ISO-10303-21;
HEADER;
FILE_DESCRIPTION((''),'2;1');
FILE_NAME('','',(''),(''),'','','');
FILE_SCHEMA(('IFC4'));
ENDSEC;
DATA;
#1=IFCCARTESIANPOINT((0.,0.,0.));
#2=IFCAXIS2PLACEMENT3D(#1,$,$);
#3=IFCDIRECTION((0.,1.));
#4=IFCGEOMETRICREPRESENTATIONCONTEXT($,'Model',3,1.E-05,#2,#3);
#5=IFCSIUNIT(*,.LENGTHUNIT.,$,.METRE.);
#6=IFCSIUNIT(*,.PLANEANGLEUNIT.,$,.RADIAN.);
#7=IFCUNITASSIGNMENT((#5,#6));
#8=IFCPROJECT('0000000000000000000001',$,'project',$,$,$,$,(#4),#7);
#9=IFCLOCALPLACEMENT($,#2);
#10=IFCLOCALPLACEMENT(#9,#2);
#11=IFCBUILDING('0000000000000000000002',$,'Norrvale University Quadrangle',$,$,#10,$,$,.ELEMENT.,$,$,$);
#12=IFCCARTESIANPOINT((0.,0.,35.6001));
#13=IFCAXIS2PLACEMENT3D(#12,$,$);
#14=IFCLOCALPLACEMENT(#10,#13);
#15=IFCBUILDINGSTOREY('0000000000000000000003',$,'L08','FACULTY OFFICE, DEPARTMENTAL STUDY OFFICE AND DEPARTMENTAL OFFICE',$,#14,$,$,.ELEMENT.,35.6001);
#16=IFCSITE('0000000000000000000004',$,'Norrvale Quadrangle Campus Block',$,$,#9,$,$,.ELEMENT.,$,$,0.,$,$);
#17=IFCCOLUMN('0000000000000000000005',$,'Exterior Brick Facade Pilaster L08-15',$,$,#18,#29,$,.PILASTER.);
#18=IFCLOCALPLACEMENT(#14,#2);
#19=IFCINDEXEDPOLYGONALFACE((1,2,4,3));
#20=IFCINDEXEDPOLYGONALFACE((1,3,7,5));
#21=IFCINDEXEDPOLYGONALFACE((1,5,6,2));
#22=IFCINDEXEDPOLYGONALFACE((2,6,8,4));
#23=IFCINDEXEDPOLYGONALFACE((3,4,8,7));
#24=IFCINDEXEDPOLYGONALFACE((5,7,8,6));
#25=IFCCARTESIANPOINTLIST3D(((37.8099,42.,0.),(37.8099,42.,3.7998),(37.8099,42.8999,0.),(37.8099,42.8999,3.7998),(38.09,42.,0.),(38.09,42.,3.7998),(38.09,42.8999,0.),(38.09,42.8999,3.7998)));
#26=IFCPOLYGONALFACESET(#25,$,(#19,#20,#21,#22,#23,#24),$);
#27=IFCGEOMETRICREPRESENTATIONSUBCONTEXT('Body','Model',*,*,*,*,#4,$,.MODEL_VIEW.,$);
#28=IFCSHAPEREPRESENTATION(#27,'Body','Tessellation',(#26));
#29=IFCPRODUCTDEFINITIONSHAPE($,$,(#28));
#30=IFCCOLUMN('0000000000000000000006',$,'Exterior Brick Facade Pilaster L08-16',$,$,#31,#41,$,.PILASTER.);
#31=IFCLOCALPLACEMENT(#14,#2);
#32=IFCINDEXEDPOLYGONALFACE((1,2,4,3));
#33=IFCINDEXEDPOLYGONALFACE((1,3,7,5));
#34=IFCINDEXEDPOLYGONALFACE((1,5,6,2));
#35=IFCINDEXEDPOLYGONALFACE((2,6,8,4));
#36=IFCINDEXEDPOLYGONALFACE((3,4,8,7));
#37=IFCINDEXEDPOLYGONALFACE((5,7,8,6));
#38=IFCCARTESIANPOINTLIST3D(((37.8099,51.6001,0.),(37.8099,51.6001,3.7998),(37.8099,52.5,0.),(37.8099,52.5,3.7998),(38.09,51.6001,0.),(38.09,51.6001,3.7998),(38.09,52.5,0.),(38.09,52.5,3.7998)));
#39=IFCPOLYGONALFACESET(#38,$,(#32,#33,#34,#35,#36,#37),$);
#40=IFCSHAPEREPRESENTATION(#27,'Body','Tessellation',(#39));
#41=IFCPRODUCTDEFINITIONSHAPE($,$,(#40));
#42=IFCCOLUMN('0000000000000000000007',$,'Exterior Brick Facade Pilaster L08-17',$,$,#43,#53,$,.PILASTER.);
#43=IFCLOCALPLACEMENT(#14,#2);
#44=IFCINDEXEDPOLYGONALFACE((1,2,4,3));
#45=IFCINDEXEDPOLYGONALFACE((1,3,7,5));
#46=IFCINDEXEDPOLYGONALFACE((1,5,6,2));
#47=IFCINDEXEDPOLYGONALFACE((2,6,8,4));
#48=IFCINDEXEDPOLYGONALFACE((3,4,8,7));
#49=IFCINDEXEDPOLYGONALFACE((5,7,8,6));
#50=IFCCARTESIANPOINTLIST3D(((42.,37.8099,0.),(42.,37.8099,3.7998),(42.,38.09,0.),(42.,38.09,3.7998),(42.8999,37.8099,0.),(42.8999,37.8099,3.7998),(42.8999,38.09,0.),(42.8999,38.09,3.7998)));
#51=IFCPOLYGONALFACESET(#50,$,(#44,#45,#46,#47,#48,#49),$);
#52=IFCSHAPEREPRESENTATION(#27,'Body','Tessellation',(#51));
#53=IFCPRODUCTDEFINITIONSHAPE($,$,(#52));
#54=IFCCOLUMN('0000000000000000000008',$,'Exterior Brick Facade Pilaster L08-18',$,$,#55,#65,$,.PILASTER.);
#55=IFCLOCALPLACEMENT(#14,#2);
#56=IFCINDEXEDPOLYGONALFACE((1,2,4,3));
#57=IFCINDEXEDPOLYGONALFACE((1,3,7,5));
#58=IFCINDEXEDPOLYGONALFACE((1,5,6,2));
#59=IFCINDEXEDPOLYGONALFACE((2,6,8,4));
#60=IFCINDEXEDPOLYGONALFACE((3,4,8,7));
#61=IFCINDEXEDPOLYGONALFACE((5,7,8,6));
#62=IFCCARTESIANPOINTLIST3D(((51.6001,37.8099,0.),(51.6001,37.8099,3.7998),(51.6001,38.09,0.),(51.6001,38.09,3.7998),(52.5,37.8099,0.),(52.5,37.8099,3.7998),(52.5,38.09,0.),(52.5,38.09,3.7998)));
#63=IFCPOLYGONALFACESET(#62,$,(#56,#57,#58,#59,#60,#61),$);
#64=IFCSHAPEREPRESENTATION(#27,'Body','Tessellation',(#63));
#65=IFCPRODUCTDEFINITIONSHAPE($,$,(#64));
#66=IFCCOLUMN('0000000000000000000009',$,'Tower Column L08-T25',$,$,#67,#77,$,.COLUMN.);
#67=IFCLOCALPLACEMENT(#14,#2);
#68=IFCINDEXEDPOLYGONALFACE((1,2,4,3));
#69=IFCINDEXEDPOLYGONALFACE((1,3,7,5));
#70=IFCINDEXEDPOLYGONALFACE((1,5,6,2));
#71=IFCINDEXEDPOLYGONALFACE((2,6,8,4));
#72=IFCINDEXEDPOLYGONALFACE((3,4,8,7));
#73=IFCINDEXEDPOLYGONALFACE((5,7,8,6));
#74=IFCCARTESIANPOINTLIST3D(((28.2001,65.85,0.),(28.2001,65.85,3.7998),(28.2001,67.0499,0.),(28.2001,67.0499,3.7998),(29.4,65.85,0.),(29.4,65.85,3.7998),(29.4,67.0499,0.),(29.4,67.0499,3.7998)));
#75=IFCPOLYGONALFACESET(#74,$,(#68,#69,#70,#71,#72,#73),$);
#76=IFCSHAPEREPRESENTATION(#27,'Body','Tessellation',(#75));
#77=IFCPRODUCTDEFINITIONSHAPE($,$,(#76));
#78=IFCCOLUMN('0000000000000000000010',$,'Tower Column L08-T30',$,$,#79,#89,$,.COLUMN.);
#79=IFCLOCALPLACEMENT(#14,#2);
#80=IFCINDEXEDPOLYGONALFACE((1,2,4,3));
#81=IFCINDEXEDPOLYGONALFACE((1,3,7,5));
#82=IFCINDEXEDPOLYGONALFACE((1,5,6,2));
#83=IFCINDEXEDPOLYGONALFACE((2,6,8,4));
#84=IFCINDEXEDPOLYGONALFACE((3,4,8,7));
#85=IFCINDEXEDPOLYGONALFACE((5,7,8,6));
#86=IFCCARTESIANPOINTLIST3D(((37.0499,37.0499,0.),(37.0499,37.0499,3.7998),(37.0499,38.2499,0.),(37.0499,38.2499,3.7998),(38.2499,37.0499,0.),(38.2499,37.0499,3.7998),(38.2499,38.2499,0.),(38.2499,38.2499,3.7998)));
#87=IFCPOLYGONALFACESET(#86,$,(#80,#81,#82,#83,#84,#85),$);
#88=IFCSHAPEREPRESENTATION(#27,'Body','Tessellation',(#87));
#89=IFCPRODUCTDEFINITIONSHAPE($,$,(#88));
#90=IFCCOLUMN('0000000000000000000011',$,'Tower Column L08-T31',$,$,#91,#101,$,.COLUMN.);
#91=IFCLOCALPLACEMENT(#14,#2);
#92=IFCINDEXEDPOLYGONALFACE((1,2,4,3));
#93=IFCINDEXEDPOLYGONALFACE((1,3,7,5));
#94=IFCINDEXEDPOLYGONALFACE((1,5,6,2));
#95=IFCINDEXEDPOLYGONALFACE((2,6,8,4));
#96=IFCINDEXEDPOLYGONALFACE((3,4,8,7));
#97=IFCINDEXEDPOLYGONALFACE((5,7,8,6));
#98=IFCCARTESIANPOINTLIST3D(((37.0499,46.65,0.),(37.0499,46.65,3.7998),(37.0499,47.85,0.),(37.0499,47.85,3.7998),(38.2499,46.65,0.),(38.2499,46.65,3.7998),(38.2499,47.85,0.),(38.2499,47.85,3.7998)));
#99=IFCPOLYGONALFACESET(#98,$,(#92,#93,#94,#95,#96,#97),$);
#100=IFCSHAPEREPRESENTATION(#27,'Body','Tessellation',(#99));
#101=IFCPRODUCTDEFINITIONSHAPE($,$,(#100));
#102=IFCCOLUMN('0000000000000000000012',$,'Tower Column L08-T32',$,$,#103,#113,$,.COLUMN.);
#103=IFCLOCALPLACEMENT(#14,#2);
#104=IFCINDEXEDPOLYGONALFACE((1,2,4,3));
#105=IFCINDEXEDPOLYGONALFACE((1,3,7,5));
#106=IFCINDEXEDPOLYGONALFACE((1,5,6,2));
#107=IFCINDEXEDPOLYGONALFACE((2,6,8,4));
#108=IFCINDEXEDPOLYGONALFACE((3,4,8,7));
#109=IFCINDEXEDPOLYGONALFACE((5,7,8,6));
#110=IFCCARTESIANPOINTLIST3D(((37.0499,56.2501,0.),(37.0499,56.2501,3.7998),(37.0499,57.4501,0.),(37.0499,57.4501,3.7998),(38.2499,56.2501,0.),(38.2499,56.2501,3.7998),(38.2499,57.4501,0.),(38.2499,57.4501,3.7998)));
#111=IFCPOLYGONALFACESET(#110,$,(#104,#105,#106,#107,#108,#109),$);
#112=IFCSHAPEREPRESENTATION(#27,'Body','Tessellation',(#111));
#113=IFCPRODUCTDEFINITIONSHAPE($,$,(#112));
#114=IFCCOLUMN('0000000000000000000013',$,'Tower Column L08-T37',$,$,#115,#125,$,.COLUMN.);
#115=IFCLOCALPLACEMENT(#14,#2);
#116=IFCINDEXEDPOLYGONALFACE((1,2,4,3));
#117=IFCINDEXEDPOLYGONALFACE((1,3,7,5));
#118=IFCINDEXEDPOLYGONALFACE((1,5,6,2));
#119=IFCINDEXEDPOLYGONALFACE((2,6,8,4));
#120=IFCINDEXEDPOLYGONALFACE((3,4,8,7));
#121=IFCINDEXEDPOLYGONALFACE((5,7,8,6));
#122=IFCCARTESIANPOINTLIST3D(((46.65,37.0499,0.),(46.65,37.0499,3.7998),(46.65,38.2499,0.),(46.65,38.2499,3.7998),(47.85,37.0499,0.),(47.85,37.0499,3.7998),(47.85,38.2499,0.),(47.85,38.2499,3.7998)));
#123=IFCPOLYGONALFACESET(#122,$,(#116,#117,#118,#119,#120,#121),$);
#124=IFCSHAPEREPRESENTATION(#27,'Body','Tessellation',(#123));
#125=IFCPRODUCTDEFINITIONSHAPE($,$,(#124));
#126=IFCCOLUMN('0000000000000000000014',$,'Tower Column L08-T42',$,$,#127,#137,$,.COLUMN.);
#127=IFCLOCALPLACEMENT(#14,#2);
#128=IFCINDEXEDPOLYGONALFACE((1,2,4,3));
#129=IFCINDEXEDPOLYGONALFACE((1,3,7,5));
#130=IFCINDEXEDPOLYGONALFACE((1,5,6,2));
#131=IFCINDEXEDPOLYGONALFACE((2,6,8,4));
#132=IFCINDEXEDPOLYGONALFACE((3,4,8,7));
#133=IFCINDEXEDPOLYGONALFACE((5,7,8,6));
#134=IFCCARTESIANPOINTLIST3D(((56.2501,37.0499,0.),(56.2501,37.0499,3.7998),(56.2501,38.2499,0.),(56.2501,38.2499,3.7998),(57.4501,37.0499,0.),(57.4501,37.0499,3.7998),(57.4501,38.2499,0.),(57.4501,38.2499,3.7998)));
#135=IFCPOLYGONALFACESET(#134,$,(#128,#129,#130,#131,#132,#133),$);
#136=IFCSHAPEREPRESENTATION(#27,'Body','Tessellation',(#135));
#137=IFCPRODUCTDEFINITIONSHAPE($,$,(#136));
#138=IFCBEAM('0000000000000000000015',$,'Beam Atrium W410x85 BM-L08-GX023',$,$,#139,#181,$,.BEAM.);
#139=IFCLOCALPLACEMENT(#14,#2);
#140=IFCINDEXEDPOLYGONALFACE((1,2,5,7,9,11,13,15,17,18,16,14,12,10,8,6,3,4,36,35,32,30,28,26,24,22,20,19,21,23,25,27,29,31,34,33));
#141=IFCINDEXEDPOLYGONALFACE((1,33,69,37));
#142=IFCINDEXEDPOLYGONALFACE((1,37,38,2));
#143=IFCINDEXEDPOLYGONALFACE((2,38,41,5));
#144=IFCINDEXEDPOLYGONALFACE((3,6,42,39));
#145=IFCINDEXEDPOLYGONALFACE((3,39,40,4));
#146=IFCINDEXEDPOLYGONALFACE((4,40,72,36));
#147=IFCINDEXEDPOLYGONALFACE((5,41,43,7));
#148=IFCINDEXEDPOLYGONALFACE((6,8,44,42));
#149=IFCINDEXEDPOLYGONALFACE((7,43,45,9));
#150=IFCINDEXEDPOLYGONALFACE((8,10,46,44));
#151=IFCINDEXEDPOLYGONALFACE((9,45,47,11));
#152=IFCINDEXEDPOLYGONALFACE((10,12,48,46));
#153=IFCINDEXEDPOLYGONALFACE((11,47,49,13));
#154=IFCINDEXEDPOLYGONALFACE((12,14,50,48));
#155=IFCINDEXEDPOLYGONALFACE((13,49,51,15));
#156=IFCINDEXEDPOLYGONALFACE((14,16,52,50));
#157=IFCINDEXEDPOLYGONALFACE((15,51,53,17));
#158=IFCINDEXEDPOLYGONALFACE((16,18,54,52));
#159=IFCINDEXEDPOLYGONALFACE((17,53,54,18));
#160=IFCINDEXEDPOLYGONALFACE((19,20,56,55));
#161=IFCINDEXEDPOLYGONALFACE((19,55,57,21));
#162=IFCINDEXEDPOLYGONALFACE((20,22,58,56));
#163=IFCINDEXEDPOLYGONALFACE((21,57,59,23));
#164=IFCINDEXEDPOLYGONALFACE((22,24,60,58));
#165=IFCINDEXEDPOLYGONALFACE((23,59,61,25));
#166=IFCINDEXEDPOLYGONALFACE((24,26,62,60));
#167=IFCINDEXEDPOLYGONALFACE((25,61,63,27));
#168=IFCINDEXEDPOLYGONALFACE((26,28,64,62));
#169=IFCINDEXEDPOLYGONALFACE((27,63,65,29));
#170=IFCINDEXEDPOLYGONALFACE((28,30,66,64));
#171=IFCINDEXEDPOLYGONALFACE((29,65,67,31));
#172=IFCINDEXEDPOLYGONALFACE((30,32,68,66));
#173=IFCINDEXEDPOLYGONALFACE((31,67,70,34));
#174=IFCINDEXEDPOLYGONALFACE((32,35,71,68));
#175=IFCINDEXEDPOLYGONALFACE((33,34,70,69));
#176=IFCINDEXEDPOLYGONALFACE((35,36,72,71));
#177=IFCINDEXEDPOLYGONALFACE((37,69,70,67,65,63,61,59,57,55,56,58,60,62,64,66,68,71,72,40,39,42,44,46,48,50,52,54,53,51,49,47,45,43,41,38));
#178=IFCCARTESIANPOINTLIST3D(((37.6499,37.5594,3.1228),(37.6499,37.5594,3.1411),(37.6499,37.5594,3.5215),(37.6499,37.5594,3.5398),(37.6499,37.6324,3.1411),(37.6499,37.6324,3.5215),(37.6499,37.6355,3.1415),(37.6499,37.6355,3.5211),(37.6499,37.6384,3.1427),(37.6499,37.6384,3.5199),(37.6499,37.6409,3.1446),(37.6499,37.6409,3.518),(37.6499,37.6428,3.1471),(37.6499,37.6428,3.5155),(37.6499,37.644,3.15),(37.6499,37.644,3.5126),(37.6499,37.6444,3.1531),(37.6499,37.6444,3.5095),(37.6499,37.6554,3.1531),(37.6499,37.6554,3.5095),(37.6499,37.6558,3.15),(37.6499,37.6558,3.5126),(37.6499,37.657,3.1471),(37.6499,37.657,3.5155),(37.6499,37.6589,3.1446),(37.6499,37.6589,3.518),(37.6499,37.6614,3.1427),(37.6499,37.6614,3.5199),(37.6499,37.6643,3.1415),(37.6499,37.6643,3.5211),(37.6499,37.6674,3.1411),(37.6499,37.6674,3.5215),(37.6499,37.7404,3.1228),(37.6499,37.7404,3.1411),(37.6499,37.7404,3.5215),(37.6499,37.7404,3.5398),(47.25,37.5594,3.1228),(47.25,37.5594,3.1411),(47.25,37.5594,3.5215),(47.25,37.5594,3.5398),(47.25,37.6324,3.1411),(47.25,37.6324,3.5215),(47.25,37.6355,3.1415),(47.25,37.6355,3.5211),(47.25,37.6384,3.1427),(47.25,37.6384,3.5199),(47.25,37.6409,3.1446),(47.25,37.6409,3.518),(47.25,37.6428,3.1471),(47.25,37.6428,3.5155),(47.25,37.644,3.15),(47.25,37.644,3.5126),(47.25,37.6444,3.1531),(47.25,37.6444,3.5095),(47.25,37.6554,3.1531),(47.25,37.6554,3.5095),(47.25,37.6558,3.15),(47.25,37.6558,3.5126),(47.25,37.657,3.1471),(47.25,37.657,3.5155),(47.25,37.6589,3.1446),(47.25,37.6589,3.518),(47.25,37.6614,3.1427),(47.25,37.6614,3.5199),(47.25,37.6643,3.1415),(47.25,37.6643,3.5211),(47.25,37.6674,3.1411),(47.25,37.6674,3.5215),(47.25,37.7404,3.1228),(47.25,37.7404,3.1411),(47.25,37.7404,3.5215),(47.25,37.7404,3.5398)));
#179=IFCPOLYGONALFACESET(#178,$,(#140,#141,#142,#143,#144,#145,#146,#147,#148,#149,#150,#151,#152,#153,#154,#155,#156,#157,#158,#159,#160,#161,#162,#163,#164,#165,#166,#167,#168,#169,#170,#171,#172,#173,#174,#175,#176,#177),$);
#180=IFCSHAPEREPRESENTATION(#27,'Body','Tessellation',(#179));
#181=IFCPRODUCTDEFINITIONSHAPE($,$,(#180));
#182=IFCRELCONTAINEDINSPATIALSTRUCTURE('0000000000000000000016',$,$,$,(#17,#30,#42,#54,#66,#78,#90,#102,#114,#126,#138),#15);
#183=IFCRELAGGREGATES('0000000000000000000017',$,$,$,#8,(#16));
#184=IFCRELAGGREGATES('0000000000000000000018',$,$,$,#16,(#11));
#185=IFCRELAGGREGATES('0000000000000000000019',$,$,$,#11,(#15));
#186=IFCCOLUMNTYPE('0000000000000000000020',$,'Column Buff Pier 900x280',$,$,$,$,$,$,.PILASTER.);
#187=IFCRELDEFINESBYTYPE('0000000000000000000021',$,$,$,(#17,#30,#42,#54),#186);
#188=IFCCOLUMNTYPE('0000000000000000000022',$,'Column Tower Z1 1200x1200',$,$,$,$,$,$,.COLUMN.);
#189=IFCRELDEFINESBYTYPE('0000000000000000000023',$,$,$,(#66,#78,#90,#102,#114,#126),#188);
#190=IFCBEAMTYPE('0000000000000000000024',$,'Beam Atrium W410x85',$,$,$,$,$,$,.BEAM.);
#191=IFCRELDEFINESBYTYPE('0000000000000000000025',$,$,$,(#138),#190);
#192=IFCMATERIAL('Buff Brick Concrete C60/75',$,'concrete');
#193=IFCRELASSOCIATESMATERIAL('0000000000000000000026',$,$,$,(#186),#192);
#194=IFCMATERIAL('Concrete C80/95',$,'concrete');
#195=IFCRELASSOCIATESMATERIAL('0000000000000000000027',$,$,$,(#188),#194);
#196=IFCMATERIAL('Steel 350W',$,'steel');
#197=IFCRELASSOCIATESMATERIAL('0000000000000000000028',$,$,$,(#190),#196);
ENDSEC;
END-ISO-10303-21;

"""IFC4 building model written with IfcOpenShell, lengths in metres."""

from ifc_helpers import new_model, si_unit, direction, frame, origin, origin_2d, place, context, subcontext, project, spatial, rectangle, i_section, extrude, material, material_profile, profile_set, type_object, element, save


model = new_model("IFC4")

# Units and contexts
model_context = context("Model", 3, precision=1e-05, world=origin(), true_north=direction((0.0, 1.0)))
body_context = subcontext(model_context, "Body", "Model", "MODEL_VIEW")
ifc_project = project(units=[si_unit("LENGTHUNIT", "METRE"), si_unit("PLANEANGLEUNIT", "RADIAN")], contexts=[model_context])

# Site, building, storey
site_placement = place(None, origin())
site = spatial("IfcSite", under=ifc_project, at=site_placement, Name="Norrvale Quadrangle Campus Block", CompositionType="ELEMENT", RefElevation=0.0)
building_placement = place(site_placement, origin())
building = spatial("IfcBuilding", under=site, at=building_placement, Name="Norrvale University Quadrangle", CompositionType="ELEMENT")
storey_placement = place(building_placement, frame((0.0, 0.0, 35.6001)))
storey = spatial("IfcBuildingStorey", under=building, at=storey_placement, Name="L08", Description="FACULTY OFFICE, DEPARTMENTAL STUDY OFFICE AND DEPARTMENTAL OFFICE", CompositionType="ELEMENT", Elevation=35.6001)

# Columns
ifc_material_1 = material(Name="Buff Brick Concrete C60/75", Category="concrete")
ifc_material_profile_1 = material_profile(ifc_material_1, rectangle(XDim=0.8999, YDim=0.28, at=origin_2d()), Name="Buff Brick Concrete C60/75")
ifc_profile_set_1 = profile_set([ifc_material_profile_1], Name="Buff Brick Concrete C60/75")
column_type_1 = type_object("IfcColumnType", Name="Column Buff Pier 900x280", PredefinedType="PILASTER", material=ifc_profile_set_1)
for number, where, z_axis, x_axis, name in (
    (1, (37.95, 42.45, 0.0), (0.0, 0.0, 1.0), (0.0, 1.0, 0.0), "Exterior Brick Facade Pilaster L08-15"),
    (2, (37.95, 52.05, 0.0), (0.0, 0.0, 1.0), (0.0, 1.0, 0.0), "Exterior Brick Facade Pilaster L08-16"),
    (3, (42.45, 37.95, 0.0), (0.0, 0.0, 1.0), (1.0, 0.0, 0.0), "Exterior Brick Facade Pilaster L08-17"),
    (4, (52.05, 37.95, 0.0), (0.0, 0.0, 1.0), (1.0, 0.0, 0.0), "Exterior Brick Facade Pilaster L08-18"),
):
    element("IfcColumn", number, at=place(storey_placement, frame(where, z_axis=z_axis, x_axis=x_axis)), inside=storey, type_object=column_type_1, Name=name, PredefinedType="PILASTER", context=body_context, shape_type="SweptSolid", body=[
        extrude(rectangle(XDim=0.8999, YDim=0.28, at=origin_2d()), origin(), (0.0, 0.0, 1.0), 3.7998),
    ])
ifc_material_2 = material(Name="Concrete C80/95", Category="concrete")
ifc_material_profile_2 = material_profile(ifc_material_2, rectangle(XDim=1.2, YDim=1.2, at=origin_2d()), Name="Concrete C80/95")
ifc_profile_set_2 = profile_set([ifc_material_profile_2], Name="Concrete C80/95")
column_type_2 = type_object("IfcColumnType", Name="Column Tower Z1 1200x1200", PredefinedType="COLUMN", material=ifc_profile_set_2)
for number, where, z_axis, x_axis, name in (
    (5, (28.8, 66.45, 0.0), (0.0, 0.0, 1.0), (1.0, 0.0, 0.0), "Tower Column L08-T25"),
    (6, (37.6499, 37.6499, 0.0), (0.0, 0.0, 1.0), (1.0, 0.0, 0.0), "Tower Column L08-T30"),
    (7, (37.6499, 47.25, 0.0), (0.0, 0.0, 1.0), (1.0, 0.0, 0.0), "Tower Column L08-T31"),
    (8, (37.6499, 56.8501, 0.0), (0.0, 0.0, 1.0), (1.0, 0.0, 0.0), "Tower Column L08-T32"),
    (9, (47.25, 37.6499, 0.0), (0.0, 0.0, 1.0), (1.0, 0.0, 0.0), "Tower Column L08-T37"),
    (10, (56.8501, 37.6499, 0.0), (0.0, 0.0, 1.0), (1.0, 0.0, 0.0), "Tower Column L08-T42"),
):
    element("IfcColumn", number, at=place(storey_placement, frame(where, z_axis=z_axis, x_axis=x_axis)), inside=storey, type_object=column_type_2, Name=name, PredefinedType="COLUMN", context=body_context, shape_type="SweptSolid", body=[
        extrude(rectangle(XDim=1.2, YDim=1.2, at=origin_2d()), origin(), (0.0, 0.0, 1.0), 3.7998),
    ])

# Beam
ifc_material_3 = material(Name="Steel 350W", Category="steel")
ifc_material_profile_3 = material_profile(ifc_material_3, i_section(OverallWidth=0.1809, OverallDepth=0.417, WebThickness=0.011, FlangeThickness=0.0183, FilletRadius=0.012, at=origin_2d()), Name="Steel 350W")
ifc_profile_set_3 = profile_set([ifc_material_profile_3], Name="Steel 350W")
beam_type_1 = type_object("IfcBeamType", Name="Beam Atrium W410x85", PredefinedType="BEAM", material=ifc_profile_set_3)
for number, where, z_axis, x_axis, name in (
    (11, (37.6499, 37.6499, 3.3313), (1.0, 0.0, 0.0), (0.0, 1.0, 0.0), "Beam Atrium W410x85 BM-L08-GX023"),
):
    element("IfcBeam", number, at=place(storey_placement, frame(where, z_axis=z_axis, x_axis=x_axis)), inside=storey, type_object=beam_type_1, Name=name, PredefinedType="BEAM", context=body_context, shape_type="SweptSolid", body=[
        extrude(i_section(OverallWidth=0.1809, OverallDepth=0.417, WebThickness=0.011, FlangeThickness=0.0183, FilletRadius=0.012, at=origin_2d()), origin(), (0.0, 0.0, 1.0), 9.6001),
    ])

save(model, "model.ifc")
